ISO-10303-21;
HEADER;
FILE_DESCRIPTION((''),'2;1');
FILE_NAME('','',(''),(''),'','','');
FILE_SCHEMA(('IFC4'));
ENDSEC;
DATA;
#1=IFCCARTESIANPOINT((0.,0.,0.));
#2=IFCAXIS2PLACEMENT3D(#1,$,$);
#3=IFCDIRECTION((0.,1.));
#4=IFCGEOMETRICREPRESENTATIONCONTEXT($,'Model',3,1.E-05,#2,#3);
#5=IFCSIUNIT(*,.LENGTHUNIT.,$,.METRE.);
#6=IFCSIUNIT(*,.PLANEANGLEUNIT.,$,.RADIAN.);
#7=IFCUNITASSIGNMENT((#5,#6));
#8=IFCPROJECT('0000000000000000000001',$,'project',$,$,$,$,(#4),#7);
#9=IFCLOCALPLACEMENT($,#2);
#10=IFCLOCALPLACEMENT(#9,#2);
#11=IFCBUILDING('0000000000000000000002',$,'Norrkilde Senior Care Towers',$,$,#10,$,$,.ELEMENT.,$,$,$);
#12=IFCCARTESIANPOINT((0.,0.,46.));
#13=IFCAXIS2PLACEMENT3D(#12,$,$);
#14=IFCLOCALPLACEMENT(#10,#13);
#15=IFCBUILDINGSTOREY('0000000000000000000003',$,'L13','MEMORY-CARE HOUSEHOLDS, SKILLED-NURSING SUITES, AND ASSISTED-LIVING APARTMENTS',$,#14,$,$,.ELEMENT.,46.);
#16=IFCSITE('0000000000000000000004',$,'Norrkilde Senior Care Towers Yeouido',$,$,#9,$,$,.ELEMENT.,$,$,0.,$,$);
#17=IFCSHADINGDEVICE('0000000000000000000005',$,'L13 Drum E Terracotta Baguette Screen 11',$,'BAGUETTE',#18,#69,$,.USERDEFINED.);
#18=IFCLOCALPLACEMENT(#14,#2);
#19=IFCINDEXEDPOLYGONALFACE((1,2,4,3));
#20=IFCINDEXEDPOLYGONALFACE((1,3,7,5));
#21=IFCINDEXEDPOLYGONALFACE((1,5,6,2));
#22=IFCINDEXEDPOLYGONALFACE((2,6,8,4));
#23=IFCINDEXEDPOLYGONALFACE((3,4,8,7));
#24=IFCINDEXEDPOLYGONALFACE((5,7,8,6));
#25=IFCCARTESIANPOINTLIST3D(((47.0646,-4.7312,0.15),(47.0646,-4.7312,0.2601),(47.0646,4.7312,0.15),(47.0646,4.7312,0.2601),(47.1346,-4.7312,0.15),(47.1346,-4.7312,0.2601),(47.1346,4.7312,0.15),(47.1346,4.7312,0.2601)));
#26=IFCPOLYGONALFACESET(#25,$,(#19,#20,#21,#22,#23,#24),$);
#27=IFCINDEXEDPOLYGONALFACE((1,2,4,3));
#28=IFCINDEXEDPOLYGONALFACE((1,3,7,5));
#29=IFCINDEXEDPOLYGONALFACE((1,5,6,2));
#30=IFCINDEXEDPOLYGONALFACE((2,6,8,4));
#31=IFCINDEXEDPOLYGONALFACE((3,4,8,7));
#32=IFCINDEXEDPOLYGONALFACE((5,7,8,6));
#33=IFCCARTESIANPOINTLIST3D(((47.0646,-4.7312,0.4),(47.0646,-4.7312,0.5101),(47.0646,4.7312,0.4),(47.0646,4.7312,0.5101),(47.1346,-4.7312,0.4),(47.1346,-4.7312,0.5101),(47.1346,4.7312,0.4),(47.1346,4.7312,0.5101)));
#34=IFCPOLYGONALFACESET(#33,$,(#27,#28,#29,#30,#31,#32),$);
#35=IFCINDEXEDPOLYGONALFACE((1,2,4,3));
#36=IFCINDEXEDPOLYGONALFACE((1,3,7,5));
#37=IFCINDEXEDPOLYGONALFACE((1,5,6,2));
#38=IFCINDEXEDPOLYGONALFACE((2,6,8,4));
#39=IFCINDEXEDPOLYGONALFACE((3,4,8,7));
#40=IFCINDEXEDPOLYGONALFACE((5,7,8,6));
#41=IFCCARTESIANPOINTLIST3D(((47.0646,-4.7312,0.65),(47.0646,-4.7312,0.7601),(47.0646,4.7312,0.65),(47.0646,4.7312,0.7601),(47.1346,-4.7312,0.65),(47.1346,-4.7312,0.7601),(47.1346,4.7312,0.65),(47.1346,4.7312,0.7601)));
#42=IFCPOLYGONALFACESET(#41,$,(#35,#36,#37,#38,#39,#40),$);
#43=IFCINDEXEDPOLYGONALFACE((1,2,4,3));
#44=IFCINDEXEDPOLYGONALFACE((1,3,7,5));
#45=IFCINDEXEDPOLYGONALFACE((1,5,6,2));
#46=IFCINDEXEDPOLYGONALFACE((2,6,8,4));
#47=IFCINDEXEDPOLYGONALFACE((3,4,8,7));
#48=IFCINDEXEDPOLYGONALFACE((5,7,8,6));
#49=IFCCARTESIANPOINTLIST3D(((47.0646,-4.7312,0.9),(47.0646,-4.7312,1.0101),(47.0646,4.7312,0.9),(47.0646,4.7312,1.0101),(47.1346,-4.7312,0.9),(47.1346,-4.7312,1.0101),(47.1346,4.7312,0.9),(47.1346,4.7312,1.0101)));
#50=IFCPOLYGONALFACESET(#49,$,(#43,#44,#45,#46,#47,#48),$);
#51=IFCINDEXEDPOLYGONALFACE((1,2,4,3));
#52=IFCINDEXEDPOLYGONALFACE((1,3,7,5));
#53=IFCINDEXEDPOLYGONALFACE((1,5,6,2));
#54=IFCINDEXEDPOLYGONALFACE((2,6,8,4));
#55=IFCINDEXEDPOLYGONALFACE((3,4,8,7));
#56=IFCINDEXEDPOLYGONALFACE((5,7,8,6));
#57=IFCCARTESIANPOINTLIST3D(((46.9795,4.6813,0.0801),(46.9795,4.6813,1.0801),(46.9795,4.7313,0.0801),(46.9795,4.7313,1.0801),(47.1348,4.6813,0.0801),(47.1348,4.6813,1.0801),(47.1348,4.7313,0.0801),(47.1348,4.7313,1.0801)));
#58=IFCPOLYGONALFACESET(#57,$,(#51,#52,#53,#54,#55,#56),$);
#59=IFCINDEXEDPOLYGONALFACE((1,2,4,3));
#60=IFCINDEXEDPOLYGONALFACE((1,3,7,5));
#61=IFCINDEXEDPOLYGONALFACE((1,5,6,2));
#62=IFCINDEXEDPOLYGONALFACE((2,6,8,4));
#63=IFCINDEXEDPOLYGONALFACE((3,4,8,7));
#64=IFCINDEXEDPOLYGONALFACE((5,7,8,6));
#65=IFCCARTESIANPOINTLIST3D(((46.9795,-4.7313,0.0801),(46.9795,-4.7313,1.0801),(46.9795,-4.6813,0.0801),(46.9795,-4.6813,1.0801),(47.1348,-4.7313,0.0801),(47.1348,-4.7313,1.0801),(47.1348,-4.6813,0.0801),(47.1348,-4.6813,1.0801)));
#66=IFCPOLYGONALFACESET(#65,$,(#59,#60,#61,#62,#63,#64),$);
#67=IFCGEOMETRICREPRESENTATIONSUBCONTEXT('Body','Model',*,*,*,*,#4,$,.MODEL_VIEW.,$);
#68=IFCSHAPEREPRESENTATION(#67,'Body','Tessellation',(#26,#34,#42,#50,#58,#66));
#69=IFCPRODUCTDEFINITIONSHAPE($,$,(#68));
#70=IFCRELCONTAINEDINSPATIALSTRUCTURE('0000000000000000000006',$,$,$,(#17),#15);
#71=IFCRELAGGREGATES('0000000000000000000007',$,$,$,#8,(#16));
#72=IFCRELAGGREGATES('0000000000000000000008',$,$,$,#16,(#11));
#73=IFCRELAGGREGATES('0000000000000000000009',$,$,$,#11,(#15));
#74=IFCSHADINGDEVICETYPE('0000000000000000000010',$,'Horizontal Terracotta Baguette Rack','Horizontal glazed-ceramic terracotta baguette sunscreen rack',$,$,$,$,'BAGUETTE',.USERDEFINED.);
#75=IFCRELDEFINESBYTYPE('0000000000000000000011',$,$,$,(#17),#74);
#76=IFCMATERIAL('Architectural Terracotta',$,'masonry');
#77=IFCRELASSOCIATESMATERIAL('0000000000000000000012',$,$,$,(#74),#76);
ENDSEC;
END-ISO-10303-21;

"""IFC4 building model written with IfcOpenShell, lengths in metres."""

from ifc_helpers import new_model, si_unit, direction, frame, origin, origin_2d, place, context, subcontext, project, spatial, rectangle, extrude, source, transform, mapped, material, type_object, type_shapes, element, save


model = new_model("IFC4")

# Units and contexts
model_context = context("Model", 3, precision=1e-05, world=origin(), true_north=direction((0.0, 1.0)))
body_context = subcontext(model_context, "Body", "Model", "MODEL_VIEW")
ifc_project = project(units=[si_unit("LENGTHUNIT", "METRE"), si_unit("PLANEANGLEUNIT", "RADIAN")], contexts=[model_context])

# Site, building, storey
site_placement = place(None, origin())
site = spatial("IfcSite", under=ifc_project, at=site_placement, Name="Norrkilde Senior Care Towers Yeouido", CompositionType="ELEMENT", RefElevation=0.0)
building_placement = place(site_placement, origin())
building = spatial("IfcBuilding", under=site, at=building_placement, Name="Norrkilde Senior Care Towers", CompositionType="ELEMENT")
storey_placement = place(building_placement, frame((0.0, 0.0, 46.0)))
storey = spatial("IfcBuildingStorey", under=building, at=storey_placement, Name="L13", Description="MEMORY-CARE HOUSEHOLDS, SKILLED-NURSING SUITES, AND ASSISTED-LIVING APARTMENTS", CompositionType="ELEMENT", Elevation=46.0)

# Shading device
ifc_material_1 = material(Name="Architectural Terracotta", Category="masonry")
shading_device_type = type_object("IfcShadingDeviceType", Name="Horizontal Terracotta Baguette Rack", Description="Horizontal glazed-ceramic terracotta baguette sunscreen rack", ElementType="BAGUETTE", PredefinedType="USERDEFINED", material=ifc_material_1)
shared_shape_1 = source(origin(), body_context, "Body", "SweptSolid", [
    extrude(rectangle(XDim=0.0701, YDim=0.1101, at=origin_2d()), frame((0.0, 0.0901, 0.125), z_axis=(1.0, 0.0, 0.0), x_axis=(0.0, 1.0, 0.0)), (0.0, 0.0, 1.0), 9.4624),
    extrude(rectangle(XDim=0.0701, YDim=0.1101, at=origin_2d()), frame((0.0, 0.0901, 0.375), z_axis=(1.0, 0.0, 0.0), x_axis=(0.0, 1.0, 0.0)), (0.0, 0.0, 1.0), 9.4624),
    extrude(rectangle(XDim=0.0701, YDim=0.1101, at=origin_2d()), frame((0.0, 0.0901, 0.625), z_axis=(1.0, 0.0, 0.0), x_axis=(0.0, 1.0, 0.0)), (0.0, 0.0, 1.0), 9.4624),
    extrude(rectangle(XDim=0.0701, YDim=0.1101, at=origin_2d()), frame((0.0, 0.0901, 0.875), z_axis=(1.0, 0.0, 0.0), x_axis=(0.0, 1.0, 0.0)), (0.0, 0.0, 1.0), 9.4624),
    extrude(rectangle(XDim=0.05, YDim=0.1553, at=origin_2d()), frame((0.0249, 0.0476, 0.0)), (0.0, 0.0, 1.0), 1.0),
    extrude(rectangle(XDim=0.05, YDim=0.1553, at=origin_2d()), frame((9.4375, 0.0476, 0.0)), (0.0, 0.0, 1.0), 1.0),
])
type_shapes(shading_device_type, [shared_shape_1])
shading_device_placement = place(storey_placement, frame((47.0095, 4.7312, 0.0801), z_axis=(0.0, 0.0, 1.0), x_axis=(0.0, -1.0, 0.0)))
element("IfcShadingDevice", 1, at=shading_device_placement, inside=storey, type_object=shading_device_type, Name="L13 Drum E Terracotta Baguette Screen 11", ObjectType="BAGUETTE", PredefinedType="USERDEFINED", context=body_context, shape_type="MappedRepresentation", body=[
    mapped(shared_shape_1, transform((0.0, 0.0, 0.0), x_axis=(1.0, 0.0, 0.0), y_axis=(0.0, 1.0, 0.0), z_axis=(0.0, 0.0, 1.0), scale=1.0)),
])

save(model, "model.ifc")
